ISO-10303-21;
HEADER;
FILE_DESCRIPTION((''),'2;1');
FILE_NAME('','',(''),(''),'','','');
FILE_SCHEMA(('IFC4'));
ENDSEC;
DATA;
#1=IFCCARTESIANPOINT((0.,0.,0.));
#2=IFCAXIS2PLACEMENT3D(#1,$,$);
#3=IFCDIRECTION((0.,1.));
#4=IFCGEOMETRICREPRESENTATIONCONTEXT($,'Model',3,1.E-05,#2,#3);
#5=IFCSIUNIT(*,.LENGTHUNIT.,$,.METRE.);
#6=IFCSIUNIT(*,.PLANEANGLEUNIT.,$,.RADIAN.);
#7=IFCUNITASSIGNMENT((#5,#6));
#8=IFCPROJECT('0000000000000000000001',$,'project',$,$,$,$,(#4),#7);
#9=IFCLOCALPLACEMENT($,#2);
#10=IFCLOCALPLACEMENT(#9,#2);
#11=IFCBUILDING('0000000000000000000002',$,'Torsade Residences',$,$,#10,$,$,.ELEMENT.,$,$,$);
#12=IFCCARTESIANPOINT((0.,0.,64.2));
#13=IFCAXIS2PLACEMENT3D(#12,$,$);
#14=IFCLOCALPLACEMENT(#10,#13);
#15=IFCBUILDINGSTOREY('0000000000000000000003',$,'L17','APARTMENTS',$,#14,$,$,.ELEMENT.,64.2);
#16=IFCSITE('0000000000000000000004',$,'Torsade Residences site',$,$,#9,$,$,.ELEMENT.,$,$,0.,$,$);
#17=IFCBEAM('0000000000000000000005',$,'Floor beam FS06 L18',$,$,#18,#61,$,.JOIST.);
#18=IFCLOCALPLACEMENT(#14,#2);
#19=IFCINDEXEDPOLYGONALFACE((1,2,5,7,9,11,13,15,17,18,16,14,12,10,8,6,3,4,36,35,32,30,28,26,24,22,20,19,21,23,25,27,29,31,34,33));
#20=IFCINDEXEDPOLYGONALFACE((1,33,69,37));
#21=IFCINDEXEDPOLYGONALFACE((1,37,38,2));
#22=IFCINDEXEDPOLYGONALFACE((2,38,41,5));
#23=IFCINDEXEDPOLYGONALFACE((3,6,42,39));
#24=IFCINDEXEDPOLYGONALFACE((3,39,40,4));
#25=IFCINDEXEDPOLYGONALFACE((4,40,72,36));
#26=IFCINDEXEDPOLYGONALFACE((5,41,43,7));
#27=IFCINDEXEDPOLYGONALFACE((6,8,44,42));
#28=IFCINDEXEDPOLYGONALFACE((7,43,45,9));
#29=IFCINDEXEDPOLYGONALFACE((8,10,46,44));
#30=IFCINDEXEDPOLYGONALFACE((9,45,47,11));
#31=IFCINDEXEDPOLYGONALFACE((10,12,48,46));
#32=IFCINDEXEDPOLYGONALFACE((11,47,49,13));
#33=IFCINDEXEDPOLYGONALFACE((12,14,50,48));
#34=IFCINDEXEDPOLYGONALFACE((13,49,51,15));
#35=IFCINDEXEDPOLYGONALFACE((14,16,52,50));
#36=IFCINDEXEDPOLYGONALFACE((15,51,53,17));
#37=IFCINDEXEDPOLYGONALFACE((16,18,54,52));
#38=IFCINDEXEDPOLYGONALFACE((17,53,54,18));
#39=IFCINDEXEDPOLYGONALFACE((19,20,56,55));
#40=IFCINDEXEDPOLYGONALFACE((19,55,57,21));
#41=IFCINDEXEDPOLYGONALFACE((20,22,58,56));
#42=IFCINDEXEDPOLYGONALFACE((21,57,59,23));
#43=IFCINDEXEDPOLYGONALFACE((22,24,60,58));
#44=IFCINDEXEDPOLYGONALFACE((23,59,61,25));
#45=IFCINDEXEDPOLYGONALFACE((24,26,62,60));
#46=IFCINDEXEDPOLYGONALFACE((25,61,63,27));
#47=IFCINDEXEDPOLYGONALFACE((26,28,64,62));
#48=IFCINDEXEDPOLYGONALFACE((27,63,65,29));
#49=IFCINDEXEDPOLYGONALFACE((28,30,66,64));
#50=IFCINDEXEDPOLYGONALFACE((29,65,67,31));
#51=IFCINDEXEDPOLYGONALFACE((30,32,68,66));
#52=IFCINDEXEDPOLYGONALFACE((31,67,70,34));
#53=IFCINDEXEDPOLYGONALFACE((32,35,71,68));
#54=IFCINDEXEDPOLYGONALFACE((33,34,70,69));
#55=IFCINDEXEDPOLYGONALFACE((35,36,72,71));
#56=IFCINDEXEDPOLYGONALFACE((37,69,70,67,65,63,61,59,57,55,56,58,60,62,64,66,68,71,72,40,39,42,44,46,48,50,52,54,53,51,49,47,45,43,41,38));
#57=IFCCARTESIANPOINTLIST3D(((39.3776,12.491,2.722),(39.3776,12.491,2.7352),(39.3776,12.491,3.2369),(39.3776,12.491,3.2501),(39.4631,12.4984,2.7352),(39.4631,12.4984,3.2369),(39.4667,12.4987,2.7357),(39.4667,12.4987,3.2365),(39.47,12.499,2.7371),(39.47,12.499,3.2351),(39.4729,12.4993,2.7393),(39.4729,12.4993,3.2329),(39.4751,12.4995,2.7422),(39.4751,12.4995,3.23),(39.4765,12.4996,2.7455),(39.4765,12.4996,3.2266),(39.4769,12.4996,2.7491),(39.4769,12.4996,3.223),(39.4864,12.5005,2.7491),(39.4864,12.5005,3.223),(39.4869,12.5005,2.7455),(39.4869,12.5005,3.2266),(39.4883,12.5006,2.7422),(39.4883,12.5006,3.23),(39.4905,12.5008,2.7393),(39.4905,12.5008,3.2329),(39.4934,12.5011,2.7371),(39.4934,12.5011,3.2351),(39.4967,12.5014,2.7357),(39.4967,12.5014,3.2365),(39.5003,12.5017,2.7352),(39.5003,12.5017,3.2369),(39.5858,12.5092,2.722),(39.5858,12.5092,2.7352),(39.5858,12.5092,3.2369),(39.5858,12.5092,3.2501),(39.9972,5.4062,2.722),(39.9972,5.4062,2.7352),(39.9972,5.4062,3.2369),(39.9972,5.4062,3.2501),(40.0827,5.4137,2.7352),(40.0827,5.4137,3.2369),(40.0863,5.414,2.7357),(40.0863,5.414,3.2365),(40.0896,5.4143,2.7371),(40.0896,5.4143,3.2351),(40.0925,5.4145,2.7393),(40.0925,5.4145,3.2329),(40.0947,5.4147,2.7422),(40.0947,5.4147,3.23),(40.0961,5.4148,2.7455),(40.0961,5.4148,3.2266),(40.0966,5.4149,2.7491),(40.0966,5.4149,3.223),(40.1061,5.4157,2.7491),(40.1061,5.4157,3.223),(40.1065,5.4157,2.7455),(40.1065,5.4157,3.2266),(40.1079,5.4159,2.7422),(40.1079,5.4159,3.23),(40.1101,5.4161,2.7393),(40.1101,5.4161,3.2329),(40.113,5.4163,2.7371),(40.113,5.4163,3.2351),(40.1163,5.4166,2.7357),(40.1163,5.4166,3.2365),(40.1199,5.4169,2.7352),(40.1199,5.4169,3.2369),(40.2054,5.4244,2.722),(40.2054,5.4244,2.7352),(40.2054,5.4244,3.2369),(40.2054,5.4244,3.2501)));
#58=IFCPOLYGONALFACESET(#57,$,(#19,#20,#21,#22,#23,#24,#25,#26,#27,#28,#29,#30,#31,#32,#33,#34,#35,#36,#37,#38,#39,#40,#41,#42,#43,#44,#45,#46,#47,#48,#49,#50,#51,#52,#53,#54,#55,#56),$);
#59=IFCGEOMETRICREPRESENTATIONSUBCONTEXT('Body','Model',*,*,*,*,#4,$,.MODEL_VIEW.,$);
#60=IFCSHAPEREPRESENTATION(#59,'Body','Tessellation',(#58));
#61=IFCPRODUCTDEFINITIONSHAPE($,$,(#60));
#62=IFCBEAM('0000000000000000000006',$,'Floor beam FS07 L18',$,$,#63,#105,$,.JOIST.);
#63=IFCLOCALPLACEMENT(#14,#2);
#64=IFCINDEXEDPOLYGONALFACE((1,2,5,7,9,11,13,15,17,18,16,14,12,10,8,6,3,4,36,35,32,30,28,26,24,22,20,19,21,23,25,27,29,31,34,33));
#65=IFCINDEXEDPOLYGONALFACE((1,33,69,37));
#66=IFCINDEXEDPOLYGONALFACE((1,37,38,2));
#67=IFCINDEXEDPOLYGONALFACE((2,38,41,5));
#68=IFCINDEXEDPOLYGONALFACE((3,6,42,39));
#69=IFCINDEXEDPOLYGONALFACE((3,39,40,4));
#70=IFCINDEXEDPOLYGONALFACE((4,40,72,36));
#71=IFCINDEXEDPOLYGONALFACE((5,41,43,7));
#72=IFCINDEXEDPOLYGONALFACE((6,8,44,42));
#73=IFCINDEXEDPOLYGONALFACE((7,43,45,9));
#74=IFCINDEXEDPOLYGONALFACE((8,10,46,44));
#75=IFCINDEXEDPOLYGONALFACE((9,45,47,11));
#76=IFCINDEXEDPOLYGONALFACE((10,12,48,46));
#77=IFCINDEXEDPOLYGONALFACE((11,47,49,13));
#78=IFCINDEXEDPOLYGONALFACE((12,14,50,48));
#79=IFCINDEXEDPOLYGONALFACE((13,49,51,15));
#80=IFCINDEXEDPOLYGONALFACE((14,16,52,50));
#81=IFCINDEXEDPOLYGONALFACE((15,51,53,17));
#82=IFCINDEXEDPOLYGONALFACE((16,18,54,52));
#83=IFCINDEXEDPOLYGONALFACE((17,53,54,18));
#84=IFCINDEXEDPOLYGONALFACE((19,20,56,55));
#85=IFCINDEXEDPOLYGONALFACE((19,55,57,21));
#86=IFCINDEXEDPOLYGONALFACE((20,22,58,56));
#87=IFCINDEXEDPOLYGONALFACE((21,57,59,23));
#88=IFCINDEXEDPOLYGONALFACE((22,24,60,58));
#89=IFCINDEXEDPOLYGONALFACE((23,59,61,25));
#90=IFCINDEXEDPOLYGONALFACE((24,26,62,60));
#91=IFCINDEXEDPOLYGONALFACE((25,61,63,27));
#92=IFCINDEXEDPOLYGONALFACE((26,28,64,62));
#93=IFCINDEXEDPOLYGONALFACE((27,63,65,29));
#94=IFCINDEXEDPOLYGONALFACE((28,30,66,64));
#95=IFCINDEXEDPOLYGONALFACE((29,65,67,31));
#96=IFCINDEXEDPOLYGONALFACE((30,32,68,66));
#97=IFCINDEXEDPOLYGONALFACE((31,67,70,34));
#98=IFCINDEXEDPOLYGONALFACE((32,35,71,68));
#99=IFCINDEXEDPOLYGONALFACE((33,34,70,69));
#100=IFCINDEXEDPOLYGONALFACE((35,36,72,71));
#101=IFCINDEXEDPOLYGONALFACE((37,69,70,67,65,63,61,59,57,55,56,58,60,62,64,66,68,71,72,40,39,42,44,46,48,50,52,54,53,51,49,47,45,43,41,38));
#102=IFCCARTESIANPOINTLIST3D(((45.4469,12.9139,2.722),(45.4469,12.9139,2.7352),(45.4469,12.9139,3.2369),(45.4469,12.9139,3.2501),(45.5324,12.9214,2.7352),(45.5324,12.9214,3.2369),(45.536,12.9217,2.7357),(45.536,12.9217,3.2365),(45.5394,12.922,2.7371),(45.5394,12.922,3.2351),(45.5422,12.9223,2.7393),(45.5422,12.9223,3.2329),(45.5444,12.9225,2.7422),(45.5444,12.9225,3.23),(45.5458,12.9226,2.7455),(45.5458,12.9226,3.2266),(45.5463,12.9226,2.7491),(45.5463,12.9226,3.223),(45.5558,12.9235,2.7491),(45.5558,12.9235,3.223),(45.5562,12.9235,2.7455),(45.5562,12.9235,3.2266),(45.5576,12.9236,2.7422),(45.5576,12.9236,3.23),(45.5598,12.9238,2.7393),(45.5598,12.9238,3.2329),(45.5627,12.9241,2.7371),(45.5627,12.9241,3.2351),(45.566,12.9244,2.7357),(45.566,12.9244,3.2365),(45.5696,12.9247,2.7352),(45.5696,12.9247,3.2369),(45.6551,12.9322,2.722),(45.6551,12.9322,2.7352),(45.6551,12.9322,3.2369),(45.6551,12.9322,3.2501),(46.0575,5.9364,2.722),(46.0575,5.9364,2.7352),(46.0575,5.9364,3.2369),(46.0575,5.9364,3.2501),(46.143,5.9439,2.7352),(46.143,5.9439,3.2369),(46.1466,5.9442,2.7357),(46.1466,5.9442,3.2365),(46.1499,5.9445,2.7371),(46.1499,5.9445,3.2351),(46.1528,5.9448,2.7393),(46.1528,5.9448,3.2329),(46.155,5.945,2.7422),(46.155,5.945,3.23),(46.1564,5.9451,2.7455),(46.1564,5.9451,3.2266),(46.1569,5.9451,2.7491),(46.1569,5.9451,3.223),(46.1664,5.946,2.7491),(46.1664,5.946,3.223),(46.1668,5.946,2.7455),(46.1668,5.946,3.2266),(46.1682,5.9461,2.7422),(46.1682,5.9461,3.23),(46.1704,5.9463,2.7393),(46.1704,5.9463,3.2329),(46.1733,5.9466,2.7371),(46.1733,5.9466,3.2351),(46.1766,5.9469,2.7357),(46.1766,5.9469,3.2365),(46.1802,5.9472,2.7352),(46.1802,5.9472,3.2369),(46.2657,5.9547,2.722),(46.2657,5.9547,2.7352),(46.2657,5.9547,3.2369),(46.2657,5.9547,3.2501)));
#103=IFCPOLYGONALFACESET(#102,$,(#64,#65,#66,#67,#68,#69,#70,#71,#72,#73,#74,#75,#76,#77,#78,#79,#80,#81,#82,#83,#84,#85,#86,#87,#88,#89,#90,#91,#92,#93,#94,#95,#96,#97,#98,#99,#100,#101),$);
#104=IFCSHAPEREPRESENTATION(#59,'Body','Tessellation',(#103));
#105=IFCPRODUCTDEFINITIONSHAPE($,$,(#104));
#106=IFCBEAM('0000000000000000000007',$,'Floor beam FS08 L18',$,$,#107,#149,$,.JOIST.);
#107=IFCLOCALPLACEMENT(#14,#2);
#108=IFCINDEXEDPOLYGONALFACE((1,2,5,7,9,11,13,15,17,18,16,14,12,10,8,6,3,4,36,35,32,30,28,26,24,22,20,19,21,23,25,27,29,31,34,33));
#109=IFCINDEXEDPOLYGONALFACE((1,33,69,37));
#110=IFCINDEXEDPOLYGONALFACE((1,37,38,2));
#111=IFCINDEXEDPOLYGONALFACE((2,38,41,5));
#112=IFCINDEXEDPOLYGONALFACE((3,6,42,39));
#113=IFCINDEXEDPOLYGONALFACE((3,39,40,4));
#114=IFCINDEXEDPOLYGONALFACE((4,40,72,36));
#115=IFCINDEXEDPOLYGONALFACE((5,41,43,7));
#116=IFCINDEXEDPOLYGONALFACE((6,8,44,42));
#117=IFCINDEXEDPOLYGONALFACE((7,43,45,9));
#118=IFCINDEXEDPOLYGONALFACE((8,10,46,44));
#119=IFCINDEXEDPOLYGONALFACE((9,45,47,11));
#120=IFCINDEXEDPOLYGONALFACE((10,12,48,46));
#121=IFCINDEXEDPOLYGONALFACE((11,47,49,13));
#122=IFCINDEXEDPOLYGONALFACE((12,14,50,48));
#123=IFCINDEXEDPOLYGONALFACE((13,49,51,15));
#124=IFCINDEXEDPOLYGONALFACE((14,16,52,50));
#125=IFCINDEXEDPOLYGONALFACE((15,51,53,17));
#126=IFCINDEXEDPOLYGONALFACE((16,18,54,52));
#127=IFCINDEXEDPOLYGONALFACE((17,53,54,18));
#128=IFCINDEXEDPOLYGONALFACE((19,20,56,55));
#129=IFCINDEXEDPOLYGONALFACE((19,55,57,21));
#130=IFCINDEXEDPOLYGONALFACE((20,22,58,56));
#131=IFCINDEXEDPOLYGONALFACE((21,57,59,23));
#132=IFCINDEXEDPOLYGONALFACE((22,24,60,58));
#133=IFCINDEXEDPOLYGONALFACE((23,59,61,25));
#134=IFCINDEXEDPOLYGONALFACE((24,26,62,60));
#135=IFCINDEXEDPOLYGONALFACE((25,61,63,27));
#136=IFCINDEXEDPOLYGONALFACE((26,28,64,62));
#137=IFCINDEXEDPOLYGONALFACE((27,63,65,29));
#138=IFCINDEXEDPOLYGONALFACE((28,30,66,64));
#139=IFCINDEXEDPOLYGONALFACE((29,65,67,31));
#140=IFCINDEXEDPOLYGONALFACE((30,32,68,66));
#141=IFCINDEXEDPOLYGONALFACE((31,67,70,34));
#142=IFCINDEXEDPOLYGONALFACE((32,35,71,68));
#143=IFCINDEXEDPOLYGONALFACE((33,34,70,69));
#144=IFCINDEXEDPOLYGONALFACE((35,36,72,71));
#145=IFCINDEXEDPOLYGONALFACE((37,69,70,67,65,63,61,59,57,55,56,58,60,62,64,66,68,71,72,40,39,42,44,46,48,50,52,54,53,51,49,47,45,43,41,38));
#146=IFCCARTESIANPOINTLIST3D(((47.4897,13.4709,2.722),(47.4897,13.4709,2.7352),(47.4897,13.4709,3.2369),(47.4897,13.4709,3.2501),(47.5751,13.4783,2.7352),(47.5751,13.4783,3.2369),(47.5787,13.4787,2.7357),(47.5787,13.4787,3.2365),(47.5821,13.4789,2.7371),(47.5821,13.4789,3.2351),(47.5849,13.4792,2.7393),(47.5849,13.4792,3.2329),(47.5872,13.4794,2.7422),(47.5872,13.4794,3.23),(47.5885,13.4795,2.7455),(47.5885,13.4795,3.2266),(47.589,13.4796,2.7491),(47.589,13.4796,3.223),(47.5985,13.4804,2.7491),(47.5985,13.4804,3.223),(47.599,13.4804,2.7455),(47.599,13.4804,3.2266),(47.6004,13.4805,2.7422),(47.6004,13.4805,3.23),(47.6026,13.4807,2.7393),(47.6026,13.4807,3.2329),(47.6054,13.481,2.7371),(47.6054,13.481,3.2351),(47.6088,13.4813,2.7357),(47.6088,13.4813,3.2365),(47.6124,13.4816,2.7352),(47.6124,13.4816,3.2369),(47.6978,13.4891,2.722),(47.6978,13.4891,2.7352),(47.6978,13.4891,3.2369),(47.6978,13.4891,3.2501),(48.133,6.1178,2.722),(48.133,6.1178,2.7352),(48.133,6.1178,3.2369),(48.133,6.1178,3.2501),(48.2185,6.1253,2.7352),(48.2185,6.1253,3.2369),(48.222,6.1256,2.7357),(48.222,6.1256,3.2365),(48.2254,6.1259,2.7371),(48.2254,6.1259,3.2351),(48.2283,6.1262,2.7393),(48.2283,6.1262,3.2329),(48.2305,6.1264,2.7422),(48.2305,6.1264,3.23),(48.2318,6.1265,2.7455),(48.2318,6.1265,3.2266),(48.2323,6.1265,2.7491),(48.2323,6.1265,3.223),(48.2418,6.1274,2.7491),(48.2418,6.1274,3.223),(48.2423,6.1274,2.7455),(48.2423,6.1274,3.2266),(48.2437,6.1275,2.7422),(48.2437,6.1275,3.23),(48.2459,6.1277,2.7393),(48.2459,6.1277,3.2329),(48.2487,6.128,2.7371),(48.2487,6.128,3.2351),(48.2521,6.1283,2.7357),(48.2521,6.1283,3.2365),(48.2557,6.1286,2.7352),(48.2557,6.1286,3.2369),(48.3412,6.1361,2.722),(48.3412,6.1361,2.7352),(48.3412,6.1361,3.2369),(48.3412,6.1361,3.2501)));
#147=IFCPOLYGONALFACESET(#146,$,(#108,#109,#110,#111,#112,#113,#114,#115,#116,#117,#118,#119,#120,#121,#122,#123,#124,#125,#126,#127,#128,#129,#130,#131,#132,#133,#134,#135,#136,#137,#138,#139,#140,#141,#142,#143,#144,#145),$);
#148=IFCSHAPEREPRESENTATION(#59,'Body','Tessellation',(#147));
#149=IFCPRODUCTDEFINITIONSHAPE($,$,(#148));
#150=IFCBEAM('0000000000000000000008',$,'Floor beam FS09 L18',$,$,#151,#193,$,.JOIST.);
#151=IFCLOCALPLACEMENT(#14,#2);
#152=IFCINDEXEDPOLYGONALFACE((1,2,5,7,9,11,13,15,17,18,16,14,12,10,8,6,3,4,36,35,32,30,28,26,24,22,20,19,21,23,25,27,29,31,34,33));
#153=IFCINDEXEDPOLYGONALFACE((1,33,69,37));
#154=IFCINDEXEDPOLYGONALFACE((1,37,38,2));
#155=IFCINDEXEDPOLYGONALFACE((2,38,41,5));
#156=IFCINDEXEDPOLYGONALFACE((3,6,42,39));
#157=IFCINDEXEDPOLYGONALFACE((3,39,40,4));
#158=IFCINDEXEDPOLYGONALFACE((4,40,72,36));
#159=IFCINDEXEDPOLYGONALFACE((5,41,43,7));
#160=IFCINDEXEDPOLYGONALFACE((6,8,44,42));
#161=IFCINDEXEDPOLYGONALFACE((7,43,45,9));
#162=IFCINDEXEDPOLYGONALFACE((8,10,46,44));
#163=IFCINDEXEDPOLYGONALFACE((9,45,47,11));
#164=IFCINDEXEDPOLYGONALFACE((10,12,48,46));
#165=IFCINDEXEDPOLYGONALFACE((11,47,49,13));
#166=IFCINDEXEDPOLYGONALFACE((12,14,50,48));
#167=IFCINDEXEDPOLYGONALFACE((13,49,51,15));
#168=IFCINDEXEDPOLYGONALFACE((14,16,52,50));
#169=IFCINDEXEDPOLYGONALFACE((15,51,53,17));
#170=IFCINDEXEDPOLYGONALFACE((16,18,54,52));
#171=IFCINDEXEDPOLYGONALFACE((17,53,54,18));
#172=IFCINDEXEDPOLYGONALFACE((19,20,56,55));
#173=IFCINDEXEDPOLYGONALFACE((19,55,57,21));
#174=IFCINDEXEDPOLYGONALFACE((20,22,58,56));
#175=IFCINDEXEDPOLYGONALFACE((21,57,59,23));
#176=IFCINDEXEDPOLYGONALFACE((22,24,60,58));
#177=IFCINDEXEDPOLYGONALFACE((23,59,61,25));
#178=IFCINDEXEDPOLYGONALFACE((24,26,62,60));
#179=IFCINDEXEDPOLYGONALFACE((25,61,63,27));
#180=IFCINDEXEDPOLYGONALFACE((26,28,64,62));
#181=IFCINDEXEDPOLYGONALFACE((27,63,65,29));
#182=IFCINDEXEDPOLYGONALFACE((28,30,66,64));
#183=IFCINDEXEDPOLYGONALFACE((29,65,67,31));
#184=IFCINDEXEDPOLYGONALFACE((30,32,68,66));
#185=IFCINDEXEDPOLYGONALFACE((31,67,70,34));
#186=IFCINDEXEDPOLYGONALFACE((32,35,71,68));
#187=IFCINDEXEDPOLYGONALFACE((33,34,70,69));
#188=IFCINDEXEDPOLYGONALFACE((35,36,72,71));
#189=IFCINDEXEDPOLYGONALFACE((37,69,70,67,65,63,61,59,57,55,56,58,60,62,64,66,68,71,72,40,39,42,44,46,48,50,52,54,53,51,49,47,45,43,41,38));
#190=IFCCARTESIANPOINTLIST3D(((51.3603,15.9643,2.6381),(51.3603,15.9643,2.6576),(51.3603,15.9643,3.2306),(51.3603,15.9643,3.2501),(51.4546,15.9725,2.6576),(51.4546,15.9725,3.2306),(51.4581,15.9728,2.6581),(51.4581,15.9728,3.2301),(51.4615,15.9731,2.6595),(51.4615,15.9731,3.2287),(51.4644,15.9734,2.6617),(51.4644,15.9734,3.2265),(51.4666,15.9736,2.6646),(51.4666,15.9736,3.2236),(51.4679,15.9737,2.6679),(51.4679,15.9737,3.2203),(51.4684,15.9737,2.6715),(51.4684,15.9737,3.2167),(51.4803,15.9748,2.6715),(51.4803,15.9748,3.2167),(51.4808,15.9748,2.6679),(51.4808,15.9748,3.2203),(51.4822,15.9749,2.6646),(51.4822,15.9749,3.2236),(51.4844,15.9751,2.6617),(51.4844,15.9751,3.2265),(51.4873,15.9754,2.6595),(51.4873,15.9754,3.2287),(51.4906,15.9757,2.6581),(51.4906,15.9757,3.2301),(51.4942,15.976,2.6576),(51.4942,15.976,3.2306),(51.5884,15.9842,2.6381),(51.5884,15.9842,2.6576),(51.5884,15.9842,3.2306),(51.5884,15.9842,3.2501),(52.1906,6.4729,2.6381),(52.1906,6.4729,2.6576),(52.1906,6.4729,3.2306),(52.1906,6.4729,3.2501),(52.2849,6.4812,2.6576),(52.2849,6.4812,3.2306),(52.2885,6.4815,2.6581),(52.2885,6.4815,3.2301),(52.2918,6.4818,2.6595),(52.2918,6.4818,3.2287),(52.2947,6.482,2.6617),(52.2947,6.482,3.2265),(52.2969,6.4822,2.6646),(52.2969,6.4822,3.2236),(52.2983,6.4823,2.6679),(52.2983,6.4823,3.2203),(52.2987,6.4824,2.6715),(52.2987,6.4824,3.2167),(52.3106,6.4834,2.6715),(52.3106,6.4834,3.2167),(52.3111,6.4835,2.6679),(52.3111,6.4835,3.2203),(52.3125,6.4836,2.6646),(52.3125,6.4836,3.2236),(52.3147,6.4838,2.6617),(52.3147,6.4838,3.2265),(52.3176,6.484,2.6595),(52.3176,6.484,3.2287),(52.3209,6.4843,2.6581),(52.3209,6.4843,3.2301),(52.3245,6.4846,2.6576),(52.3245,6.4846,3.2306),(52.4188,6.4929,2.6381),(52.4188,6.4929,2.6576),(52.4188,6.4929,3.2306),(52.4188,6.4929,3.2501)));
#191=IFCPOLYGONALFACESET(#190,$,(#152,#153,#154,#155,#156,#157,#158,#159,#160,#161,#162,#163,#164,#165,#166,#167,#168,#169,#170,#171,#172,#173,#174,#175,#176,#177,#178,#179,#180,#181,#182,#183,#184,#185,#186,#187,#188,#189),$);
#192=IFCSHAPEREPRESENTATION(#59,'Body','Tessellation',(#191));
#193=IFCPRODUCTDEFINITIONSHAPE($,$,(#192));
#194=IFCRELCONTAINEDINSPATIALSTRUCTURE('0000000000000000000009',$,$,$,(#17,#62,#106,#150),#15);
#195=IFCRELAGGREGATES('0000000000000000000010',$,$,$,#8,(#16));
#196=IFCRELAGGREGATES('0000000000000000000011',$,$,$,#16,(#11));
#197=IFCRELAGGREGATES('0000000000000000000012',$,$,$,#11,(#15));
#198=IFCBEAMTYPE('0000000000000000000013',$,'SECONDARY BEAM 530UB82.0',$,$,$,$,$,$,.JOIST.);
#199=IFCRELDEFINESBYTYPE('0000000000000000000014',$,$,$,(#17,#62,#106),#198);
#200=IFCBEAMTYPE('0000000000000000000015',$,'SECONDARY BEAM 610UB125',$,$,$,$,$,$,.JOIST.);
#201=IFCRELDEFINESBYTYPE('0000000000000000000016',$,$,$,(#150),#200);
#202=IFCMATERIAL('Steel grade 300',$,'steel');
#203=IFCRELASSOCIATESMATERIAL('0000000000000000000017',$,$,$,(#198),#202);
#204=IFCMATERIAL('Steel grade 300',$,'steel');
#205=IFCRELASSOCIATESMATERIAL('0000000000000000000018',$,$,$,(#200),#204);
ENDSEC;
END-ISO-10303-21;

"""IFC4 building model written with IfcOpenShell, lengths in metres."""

from ifc_helpers import new_model, si_unit, direction, frame, origin, origin_2d, place, context, subcontext, project, spatial, i_section, extrude, material, material_profile, profile_set, type_object, element, save


model = new_model("IFC4")

# Units and contexts
model_context = context("Model", 3, precision=1e-05, world=origin(), true_north=direction((0.0, 1.0)))
body_context = subcontext(model_context, "Body", "Model", "MODEL_VIEW")
ifc_project = project(units=[si_unit("LENGTHUNIT", "METRE"), si_unit("PLANEANGLEUNIT", "RADIAN")], contexts=[model_context])

# Site, building, storey
site_placement = place(None, origin())
site = spatial("IfcSite", under=ifc_project, at=site_placement, Name="Torsade Residences site", CompositionType="ELEMENT", RefElevation=0.0)
building_placement = place(site_placement, origin())
building = spatial("IfcBuilding", under=site, at=building_placement, Name="Torsade Residences", CompositionType="ELEMENT")
storey_placement = place(building_placement, frame((0.0, 0.0, 64.2)))
storey = spatial("IfcBuildingStorey", under=building, at=storey_placement, Name="L17", Description="APARTMENTS", CompositionType="ELEMENT", Elevation=64.2)

# Beams
ifc_material_1 = material(Name="Steel grade 300", Category="steel")
ifc_material_profile_1 = material_profile(ifc_material_1, i_section(OverallWidth=0.209, OverallDepth=0.5281, WebThickness=0.0095, FlangeThickness=0.0132, FilletRadius=0.0139, at=origin_2d()), Name="530UB82.0")
ifc_profile_set_1 = profile_set([ifc_material_profile_1], Name="Steel grade 300")
beam_type_1 = type_object("IfcBeamType", Name="SECONDARY BEAM 530UB82.0", PredefinedType="JOIST", material=ifc_profile_set_1)
beam_1_placement = place(storey_placement, frame((40.1013, 5.4153, 2.9861), z_axis=(-0.087127, 0.996197, 0.0), x_axis=(-0.996197, -0.087127, 0.0)))
element("IfcBeam", 1, at=beam_1_placement, inside=storey, type_object=beam_type_1, Name="Floor beam FS06 L18", PredefinedType="JOIST", context=body_context, shape_type="SweptSolid", body=[
    extrude(i_section(OverallWidth=0.209, OverallDepth=0.5281, WebThickness=0.0095, FlangeThickness=0.0132, FilletRadius=0.0139, at=origin_2d()), origin(), (0.0, 0.0, 1.0), 7.1118),
])
beam_2_placement = place(storey_placement, frame((46.1616, 5.9456, 2.9861), z_axis=(-0.087176, 0.996193, 0.0), x_axis=(-0.996193, -0.087176, 0.0)))
element("IfcBeam", 2, at=beam_2_placement, inside=storey, type_object=beam_type_1, Name="Floor beam FS07 L18", PredefinedType="JOIST", context=body_context, shape_type="SweptSolid", body=[
    extrude(i_section(OverallWidth=0.209, OverallDepth=0.5281, WebThickness=0.0095, FlangeThickness=0.0132, FilletRadius=0.0139, at=origin_2d()), origin(), (0.0, 0.0, 1.0), 7.0042),
])
beam_3_placement = place(storey_placement, frame((48.2371, 6.127, 2.9861), z_axis=(-0.087156, 0.996195, 0.0), x_axis=(-0.996195, -0.087156, 0.0)))
element("IfcBeam", 3, at=beam_3_placement, inside=storey, type_object=beam_type_1, Name="Floor beam FS08 L18", PredefinedType="JOIST", context=body_context, shape_type="SweptSolid", body=[
    extrude(i_section(OverallWidth=0.209, OverallDepth=0.5281, WebThickness=0.0095, FlangeThickness=0.0132, FilletRadius=0.0139, at=origin_2d()), origin(), (0.0, 0.0, 1.0), 7.3811),
])
ifc_material_2 = material(Name="Steel grade 300", Category="steel")
ifc_material_profile_2 = material_profile(ifc_material_2, i_section(OverallWidth=0.229, OverallDepth=0.6121, WebThickness=0.012, FlangeThickness=0.0195, FilletRadius=0.0139, at=origin_2d()), Name="610UB125")
ifc_profile_set_2 = profile_set([ifc_material_profile_2], Name="Steel grade 300")
beam_type_2 = type_object("IfcBeamType", Name="SECONDARY BEAM 610UB125", PredefinedType="JOIST", material=ifc_profile_set_2)
beam_4_placement = place(storey_placement, frame((52.3047, 6.4829, 2.9441), z_axis=(-0.087148, 0.996195, 0.0), x_axis=(-0.996195, -0.087148, 0.0)))
element("IfcBeam", 4, at=beam_4_placement, inside=storey, type_object=beam_type_2, Name="Floor beam FS09 L18", PredefinedType="JOIST", context=body_context, shape_type="SweptSolid", body=[
    extrude(i_section(OverallWidth=0.229, OverallDepth=0.6121, WebThickness=0.012, FlangeThickness=0.0195, FilletRadius=0.0139, at=origin_2d()), origin(), (0.0, 0.0, 1.0), 9.5276),
])

save(model, "model.ifc")
